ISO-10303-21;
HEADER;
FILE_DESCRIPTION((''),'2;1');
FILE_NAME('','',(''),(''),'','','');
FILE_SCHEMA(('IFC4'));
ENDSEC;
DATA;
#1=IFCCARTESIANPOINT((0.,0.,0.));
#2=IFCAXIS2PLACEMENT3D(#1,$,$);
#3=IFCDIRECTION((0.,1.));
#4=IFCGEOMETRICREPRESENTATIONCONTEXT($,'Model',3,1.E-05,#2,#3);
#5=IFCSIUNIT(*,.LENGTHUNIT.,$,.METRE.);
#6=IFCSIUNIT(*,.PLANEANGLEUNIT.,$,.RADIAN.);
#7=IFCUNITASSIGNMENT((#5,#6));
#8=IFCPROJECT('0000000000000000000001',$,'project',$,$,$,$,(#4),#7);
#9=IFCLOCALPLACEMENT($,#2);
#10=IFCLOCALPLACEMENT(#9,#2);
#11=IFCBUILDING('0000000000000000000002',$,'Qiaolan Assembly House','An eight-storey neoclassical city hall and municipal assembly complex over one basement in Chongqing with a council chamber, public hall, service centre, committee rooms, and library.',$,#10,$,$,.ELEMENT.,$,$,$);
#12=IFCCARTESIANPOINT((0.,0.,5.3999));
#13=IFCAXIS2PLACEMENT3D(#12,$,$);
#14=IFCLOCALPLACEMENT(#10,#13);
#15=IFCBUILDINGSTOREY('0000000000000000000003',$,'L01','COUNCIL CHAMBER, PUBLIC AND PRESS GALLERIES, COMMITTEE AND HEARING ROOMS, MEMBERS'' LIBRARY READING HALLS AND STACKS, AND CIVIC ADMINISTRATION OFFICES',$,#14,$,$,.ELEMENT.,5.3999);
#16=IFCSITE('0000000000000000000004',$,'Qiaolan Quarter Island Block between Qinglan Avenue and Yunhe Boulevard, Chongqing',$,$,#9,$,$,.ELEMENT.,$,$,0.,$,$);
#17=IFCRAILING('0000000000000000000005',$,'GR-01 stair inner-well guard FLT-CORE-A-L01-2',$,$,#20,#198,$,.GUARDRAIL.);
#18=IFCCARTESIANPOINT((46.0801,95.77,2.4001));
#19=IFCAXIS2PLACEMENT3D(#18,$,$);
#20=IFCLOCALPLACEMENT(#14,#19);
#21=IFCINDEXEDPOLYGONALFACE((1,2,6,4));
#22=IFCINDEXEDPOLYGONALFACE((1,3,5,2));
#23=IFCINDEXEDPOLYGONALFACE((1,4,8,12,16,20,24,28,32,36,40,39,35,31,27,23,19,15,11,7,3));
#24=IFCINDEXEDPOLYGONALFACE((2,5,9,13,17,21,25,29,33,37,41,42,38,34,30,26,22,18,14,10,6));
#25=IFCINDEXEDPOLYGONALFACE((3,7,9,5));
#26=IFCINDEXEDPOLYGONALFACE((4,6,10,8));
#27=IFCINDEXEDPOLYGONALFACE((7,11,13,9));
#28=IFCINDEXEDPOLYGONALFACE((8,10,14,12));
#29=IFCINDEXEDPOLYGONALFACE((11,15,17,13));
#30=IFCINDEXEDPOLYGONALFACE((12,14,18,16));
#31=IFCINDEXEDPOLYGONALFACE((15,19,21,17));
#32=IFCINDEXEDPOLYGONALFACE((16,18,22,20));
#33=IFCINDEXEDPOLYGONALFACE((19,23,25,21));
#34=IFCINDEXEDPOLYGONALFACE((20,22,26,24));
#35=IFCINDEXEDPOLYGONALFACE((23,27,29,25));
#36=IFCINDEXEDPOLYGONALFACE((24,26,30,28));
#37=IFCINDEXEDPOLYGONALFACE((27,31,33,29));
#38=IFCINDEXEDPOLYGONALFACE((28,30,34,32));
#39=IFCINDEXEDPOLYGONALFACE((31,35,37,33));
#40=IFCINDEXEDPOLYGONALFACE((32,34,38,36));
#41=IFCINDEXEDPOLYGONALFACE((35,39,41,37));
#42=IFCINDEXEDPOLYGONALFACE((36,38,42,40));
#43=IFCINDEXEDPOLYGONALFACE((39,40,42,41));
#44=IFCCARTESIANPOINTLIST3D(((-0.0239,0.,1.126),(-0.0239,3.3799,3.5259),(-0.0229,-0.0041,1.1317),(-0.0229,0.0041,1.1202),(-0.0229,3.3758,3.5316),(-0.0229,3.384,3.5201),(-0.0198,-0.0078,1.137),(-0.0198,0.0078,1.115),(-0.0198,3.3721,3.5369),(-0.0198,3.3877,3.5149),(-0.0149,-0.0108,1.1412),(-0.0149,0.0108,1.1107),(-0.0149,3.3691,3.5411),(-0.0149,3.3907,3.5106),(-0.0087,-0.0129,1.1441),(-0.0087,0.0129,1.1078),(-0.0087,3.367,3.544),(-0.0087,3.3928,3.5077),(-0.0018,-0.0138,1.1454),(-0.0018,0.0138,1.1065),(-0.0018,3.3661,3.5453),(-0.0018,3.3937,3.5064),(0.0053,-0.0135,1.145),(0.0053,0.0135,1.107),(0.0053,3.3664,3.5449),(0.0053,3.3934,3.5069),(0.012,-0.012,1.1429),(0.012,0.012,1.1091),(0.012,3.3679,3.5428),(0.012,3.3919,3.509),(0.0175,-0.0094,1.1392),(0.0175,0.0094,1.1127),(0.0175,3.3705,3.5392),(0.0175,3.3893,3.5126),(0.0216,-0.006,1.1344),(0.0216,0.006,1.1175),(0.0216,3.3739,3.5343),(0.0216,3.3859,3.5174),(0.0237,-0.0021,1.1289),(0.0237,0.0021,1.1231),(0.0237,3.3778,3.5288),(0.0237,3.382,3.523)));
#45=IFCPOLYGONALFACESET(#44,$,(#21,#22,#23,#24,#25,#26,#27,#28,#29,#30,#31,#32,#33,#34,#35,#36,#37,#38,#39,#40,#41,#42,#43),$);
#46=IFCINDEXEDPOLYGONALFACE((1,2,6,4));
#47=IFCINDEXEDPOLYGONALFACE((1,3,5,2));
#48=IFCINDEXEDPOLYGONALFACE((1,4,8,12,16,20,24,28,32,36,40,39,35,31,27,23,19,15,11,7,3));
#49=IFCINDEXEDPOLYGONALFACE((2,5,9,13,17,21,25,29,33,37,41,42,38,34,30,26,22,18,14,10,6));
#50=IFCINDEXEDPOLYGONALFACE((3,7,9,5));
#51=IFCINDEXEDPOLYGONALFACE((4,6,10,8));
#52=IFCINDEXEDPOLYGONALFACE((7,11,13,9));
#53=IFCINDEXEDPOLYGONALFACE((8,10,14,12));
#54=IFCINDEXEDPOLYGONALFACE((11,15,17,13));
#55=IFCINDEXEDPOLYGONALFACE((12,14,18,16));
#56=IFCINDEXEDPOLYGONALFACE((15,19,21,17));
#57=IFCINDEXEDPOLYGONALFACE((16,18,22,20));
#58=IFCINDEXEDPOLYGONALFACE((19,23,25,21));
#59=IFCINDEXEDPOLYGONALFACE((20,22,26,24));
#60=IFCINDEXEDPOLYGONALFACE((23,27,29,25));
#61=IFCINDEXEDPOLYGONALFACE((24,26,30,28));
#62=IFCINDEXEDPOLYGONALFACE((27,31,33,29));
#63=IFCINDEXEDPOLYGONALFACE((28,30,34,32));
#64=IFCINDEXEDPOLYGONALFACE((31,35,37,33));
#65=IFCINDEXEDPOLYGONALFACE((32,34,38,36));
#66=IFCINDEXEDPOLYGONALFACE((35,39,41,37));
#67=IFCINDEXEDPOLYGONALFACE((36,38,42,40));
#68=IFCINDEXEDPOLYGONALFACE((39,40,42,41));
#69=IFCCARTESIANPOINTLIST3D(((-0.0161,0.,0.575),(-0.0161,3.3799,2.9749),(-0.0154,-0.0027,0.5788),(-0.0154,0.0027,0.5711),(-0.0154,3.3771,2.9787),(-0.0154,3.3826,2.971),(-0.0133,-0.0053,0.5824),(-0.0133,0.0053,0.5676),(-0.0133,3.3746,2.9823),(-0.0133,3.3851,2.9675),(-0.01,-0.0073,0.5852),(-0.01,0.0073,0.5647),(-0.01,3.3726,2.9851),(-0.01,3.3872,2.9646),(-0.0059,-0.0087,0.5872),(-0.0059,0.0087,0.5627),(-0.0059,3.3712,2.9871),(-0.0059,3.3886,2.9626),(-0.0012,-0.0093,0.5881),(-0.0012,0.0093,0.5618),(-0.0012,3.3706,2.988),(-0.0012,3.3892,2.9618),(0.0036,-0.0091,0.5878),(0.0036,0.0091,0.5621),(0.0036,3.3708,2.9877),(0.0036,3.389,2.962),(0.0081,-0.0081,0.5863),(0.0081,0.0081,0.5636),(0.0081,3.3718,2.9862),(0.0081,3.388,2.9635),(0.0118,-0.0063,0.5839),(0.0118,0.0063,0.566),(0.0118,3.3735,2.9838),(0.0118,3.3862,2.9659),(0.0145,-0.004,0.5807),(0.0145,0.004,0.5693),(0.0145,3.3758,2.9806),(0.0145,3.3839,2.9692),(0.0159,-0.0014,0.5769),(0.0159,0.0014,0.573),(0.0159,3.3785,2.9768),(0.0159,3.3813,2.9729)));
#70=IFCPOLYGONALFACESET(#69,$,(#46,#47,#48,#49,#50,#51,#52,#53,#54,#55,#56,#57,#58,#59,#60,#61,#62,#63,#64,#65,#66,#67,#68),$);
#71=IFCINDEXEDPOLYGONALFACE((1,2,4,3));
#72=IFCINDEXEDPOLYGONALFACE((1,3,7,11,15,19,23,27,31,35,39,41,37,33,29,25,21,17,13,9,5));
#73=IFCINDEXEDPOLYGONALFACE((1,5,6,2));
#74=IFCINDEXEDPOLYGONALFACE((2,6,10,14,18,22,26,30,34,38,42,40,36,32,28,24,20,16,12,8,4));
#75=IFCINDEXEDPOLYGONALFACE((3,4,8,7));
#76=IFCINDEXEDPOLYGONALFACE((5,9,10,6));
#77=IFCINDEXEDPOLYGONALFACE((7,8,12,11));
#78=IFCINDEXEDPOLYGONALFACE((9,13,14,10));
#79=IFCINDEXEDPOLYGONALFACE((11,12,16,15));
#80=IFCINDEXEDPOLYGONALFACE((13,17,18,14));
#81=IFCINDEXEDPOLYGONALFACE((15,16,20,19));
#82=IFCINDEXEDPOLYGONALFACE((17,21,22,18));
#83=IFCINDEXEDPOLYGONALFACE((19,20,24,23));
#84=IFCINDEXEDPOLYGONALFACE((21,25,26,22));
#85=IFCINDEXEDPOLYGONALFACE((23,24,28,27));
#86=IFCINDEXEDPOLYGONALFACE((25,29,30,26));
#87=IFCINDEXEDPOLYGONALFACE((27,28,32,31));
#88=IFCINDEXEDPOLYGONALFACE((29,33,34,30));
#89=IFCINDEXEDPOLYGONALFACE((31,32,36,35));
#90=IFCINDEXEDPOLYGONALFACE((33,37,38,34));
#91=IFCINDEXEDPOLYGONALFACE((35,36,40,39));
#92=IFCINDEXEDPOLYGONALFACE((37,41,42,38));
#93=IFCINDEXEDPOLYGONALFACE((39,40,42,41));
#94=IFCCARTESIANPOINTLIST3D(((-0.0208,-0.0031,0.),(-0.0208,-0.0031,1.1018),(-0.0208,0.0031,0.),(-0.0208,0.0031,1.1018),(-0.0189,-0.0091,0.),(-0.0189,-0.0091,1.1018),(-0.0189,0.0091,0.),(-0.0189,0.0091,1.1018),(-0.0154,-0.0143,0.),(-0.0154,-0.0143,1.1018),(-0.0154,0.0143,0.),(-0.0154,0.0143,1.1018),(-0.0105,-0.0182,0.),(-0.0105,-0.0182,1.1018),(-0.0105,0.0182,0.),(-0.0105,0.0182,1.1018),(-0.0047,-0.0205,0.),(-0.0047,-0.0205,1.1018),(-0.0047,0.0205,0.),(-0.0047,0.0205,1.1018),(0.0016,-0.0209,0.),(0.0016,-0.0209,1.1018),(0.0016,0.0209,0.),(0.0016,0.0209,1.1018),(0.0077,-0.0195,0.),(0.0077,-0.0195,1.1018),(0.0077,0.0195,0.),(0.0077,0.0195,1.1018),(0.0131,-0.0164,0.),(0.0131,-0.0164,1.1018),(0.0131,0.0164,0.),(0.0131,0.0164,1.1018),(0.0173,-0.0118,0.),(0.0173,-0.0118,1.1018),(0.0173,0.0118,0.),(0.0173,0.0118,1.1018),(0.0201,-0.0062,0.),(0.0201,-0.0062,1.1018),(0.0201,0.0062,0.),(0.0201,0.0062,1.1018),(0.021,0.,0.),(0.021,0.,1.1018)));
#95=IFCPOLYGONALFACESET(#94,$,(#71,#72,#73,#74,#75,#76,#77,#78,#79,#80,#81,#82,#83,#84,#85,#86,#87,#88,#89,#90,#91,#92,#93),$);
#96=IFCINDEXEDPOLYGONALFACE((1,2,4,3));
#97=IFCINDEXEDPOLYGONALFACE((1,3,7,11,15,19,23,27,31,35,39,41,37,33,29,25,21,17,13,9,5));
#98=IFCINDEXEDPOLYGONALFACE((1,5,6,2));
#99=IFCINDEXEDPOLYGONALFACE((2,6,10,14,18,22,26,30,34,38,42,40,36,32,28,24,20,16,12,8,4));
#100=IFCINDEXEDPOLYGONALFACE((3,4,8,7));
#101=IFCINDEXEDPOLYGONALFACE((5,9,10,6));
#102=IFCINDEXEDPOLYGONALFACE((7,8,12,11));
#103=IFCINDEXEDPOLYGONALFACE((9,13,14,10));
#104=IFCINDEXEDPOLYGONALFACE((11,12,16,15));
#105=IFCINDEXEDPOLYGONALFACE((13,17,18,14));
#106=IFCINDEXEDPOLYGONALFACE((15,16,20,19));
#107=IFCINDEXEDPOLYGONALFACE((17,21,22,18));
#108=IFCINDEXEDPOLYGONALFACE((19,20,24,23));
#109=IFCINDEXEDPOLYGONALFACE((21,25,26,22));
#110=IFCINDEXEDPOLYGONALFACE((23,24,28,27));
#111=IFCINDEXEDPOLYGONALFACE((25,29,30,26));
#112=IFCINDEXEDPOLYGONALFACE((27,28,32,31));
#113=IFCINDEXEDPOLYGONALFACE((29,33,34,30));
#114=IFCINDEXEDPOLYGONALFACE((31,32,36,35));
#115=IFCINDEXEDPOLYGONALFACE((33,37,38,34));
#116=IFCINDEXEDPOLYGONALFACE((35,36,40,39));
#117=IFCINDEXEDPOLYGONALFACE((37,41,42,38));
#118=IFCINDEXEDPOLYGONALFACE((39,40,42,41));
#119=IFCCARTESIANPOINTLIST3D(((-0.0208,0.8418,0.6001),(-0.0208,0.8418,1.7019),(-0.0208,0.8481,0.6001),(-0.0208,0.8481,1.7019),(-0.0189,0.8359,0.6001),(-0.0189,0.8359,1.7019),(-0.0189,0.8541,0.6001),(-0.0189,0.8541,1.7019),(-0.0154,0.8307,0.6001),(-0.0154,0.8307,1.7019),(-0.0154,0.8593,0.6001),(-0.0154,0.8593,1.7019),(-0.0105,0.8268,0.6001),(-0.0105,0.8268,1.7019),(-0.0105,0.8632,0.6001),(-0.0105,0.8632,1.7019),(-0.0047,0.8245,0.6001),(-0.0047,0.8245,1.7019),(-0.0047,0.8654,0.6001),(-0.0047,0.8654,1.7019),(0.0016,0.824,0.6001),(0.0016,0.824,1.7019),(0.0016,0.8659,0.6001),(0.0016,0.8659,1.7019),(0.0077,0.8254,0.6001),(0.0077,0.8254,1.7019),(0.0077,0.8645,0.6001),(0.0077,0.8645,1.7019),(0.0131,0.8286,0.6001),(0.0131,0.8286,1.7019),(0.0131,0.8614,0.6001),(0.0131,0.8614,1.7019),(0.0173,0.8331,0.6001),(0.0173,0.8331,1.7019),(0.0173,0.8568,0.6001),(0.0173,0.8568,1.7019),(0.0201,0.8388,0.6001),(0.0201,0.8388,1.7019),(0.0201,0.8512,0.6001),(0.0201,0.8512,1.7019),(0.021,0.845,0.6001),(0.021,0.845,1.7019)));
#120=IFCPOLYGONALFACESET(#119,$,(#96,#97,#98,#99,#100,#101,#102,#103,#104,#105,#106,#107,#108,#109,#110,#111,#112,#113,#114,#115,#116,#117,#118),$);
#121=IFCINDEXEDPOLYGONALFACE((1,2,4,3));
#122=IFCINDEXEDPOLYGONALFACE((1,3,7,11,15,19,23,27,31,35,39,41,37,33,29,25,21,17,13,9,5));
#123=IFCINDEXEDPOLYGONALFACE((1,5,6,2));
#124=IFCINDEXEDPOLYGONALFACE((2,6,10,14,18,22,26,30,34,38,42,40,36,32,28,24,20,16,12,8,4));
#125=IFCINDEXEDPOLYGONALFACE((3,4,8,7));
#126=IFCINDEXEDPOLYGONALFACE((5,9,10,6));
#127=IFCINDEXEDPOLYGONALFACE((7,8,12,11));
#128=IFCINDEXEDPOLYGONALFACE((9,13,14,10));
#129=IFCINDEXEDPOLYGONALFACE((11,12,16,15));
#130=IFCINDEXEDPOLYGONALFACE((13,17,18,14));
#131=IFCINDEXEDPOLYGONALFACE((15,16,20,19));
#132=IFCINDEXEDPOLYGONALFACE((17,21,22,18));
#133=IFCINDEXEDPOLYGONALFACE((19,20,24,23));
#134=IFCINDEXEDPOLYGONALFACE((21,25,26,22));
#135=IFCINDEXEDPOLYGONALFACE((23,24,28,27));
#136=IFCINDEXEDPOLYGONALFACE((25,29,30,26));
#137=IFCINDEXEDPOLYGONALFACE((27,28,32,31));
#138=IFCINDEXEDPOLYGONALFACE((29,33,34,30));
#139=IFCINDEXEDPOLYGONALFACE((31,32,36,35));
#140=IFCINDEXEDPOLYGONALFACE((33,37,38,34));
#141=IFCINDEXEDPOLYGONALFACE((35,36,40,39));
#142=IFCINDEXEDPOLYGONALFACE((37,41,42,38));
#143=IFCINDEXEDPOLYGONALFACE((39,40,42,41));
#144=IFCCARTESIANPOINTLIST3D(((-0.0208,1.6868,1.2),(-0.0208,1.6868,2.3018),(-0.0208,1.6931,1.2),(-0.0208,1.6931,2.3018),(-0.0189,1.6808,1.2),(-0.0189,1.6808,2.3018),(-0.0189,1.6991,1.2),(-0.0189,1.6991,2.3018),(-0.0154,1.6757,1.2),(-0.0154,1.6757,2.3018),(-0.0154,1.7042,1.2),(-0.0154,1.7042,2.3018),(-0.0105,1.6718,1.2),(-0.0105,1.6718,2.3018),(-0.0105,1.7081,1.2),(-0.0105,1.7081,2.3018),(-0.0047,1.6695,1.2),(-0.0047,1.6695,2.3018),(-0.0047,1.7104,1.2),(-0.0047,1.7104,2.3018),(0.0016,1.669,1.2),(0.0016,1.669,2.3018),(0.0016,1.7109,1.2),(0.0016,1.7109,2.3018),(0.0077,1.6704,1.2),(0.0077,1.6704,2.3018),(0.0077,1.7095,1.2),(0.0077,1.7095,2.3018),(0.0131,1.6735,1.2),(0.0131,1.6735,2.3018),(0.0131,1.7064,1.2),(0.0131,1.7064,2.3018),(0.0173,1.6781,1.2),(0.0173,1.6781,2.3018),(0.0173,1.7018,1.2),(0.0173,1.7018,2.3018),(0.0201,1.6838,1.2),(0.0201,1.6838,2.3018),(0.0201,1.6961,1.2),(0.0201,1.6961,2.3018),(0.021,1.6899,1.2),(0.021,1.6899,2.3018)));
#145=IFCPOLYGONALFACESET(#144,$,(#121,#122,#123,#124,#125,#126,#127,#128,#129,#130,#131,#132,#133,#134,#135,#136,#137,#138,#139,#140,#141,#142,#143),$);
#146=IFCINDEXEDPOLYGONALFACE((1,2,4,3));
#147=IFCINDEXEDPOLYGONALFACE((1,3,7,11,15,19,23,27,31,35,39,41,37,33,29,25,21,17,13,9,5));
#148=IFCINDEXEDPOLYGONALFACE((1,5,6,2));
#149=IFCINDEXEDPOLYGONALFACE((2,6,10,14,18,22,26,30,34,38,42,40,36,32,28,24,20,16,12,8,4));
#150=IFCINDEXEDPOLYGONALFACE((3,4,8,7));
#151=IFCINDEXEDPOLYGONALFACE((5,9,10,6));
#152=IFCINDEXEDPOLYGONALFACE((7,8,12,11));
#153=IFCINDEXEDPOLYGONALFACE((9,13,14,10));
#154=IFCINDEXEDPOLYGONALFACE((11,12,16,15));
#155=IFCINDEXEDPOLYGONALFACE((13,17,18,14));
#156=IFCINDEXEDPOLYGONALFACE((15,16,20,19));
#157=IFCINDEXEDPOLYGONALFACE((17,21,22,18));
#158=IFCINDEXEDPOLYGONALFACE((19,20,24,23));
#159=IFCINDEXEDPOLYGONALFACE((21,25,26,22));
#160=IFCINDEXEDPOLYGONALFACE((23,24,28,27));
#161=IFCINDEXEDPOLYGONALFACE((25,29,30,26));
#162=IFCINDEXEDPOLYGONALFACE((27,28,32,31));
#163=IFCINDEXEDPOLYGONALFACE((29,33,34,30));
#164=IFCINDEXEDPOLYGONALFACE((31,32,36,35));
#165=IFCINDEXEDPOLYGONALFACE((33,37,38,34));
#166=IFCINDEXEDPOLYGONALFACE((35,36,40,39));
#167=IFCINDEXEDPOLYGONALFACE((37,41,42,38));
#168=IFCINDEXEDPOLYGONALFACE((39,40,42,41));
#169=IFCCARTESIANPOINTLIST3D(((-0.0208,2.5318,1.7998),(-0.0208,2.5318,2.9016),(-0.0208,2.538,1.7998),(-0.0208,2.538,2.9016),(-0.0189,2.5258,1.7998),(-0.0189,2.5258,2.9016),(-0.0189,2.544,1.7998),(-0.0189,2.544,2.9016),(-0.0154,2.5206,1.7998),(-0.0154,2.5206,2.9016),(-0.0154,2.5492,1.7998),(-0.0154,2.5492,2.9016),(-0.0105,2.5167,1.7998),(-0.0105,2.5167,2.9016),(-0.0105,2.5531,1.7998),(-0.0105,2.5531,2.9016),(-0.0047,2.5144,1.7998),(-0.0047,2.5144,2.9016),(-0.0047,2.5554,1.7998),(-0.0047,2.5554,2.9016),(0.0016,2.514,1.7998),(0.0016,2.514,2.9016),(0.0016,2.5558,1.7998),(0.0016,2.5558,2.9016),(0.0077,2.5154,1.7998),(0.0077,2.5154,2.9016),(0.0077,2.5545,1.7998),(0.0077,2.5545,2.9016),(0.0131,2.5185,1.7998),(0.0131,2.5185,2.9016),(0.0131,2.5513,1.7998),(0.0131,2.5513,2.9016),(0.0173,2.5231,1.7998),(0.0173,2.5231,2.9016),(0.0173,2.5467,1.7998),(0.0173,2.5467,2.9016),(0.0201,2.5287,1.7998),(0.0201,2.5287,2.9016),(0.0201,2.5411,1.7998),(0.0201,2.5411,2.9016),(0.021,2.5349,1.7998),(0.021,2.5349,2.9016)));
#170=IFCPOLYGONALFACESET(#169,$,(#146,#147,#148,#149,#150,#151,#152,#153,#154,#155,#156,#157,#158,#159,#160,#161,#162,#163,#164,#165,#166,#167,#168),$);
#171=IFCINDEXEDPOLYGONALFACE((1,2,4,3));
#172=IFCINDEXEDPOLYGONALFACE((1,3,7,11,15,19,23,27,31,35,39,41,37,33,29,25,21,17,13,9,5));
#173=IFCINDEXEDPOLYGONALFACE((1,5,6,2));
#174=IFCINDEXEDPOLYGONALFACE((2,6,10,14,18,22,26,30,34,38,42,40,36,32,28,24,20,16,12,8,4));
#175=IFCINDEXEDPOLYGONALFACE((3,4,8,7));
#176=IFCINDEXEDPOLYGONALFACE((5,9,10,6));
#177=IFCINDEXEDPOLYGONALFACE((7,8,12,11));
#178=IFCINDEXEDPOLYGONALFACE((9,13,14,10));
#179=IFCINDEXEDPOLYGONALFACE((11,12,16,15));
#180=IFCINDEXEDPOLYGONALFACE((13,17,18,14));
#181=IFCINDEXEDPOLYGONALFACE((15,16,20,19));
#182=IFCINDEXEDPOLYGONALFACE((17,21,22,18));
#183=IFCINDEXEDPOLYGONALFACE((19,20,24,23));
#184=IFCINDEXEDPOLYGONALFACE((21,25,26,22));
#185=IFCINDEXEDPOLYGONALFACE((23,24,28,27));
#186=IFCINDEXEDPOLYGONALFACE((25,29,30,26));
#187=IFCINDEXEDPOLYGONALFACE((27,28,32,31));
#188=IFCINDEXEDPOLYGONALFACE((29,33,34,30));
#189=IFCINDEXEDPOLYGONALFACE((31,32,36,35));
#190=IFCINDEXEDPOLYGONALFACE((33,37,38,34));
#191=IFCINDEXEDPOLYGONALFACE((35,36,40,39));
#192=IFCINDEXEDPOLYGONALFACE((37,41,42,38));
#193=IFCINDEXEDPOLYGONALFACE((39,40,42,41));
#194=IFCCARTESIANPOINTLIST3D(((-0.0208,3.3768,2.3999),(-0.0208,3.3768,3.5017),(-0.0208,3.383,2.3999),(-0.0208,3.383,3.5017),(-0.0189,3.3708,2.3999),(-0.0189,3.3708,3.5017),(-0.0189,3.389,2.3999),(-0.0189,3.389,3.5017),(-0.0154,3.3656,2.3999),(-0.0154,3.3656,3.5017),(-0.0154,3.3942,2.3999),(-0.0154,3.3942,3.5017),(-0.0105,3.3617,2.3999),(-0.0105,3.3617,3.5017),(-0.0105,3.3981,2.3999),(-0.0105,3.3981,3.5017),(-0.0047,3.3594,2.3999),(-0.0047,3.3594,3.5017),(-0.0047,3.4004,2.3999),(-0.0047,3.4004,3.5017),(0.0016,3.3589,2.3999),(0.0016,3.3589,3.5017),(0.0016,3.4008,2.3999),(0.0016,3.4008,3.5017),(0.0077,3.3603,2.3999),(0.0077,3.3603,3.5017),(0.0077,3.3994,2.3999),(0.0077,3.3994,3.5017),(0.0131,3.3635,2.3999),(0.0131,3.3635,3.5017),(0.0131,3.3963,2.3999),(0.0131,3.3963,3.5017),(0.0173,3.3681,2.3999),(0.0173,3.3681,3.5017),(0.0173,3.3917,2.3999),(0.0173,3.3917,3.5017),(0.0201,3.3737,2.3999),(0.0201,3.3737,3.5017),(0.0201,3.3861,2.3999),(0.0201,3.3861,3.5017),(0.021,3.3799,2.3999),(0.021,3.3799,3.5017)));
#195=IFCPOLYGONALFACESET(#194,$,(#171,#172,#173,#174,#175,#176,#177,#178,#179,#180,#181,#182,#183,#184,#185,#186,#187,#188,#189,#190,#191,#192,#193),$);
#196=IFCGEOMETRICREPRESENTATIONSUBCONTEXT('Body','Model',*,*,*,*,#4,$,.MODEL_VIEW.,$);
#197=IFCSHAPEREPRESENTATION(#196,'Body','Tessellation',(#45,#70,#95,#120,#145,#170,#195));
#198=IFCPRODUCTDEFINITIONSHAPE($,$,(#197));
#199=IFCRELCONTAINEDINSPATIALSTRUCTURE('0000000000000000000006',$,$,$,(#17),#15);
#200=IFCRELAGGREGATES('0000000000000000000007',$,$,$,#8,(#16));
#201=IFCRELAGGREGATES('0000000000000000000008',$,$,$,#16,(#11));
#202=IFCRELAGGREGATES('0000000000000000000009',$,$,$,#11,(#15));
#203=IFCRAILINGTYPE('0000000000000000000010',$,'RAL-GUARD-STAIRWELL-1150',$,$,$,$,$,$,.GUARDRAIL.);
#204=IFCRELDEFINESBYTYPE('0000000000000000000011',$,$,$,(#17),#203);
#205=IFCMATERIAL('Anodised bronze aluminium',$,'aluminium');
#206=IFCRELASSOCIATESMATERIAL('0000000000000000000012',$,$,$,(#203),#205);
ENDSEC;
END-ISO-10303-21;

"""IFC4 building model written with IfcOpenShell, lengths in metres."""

from ifc_helpers import new_model, si_unit, direction, frame, origin, origin_2d, place, context, subcontext, project, spatial, circle, extrude, material, type_object, element, save


model = new_model("IFC4")

# Units and contexts
model_context = context("Model", 3, precision=1e-05, world=origin(), true_north=direction((0.0, 1.0)))
body_context = subcontext(model_context, "Body", "Model", "MODEL_VIEW")
ifc_project = project(units=[si_unit("LENGTHUNIT", "METRE"), si_unit("PLANEANGLEUNIT", "RADIAN")], contexts=[model_context])

# Site, building, storey
site_placement = place(None, origin())
site = spatial("IfcSite", under=ifc_project, at=site_placement, Name="Qiaolan Quarter Island Block between Qinglan Avenue and Yunhe Boulevard, Chongqing", CompositionType="ELEMENT", RefElevation=0.0)
building_placement = place(site_placement, origin())
building = spatial("IfcBuilding", under=site, at=building_placement, Name="Qiaolan Assembly House", Description="An eight-storey neoclassical city hall and municipal assembly complex over one basement in Chongqing with a council chamber, public hall, service centre, committee rooms, and library.", CompositionType="ELEMENT")
storey_placement = place(building_placement, frame((0.0, 0.0, 5.3999)))
storey = spatial("IfcBuildingStorey", under=building, at=storey_placement, Name="L01", Description="COUNCIL CHAMBER, PUBLIC AND PRESS GALLERIES, COMMITTEE AND HEARING ROOMS, MEMBERS' LIBRARY READING HALLS AND STACKS, AND CIVIC ADMINISTRATION OFFICES", CompositionType="ELEMENT", Elevation=5.3999)

# Railing
ifc_material_1 = material(Name="Anodised bronze aluminium", Category="aluminium")
railing_type_1 = type_object("IfcRailingType", Name="RAL-GUARD-STAIRWELL-1150", PredefinedType="GUARDRAIL", material=ifc_material_1)
railing_1_placement = place(storey_placement, frame((46.0801, 95.77, 2.4001)))
element("IfcRailing", 1, at=railing_1_placement, inside=storey, type_object=railing_type_1, Name="GR-01 stair inner-well guard FLT-CORE-A-L01-2", PredefinedType="GUARDRAIL", context=body_context, shape_type="SweptSolid", body=[
    extrude(circle(Radius=0.0239, at=origin_2d()), frame((0.0, 0.0, 1.126), z_axis=(0.0, 0.815362, 0.578952), x_axis=(-1.0, 0.0, 0.0)), (0.0, 0.0, 1.0), 4.1453),
    extrude(circle(Radius=0.0161, at=origin_2d()), frame((0.0, 0.0, 0.575), z_axis=(0.0, 0.815362, 0.578952), x_axis=(-1.0, 0.0, 0.0)), (0.0, 0.0, 1.0), 4.1453),
    extrude(circle(Radius=0.021, at=origin_2d()), origin(), (0.0, 0.0, 1.0), 1.1018),
    extrude(circle(Radius=0.021, at=origin_2d()), frame((0.0, 0.845, 0.6001)), (0.0, 0.0, 1.0), 1.1018),
    extrude(circle(Radius=0.021, at=origin_2d()), frame((0.0, 1.6899, 1.2)), (0.0, 0.0, 1.0), 1.1018),
    extrude(circle(Radius=0.021, at=origin_2d()), frame((0.0, 2.5349, 1.7998)), (0.0, 0.0, 1.0), 1.1018),
    extrude(circle(Radius=0.021, at=origin_2d()), frame((0.0, 3.3799, 2.3999)), (0.0, 0.0, 1.0), 1.1018),
])

save(model, "model.ifc")
